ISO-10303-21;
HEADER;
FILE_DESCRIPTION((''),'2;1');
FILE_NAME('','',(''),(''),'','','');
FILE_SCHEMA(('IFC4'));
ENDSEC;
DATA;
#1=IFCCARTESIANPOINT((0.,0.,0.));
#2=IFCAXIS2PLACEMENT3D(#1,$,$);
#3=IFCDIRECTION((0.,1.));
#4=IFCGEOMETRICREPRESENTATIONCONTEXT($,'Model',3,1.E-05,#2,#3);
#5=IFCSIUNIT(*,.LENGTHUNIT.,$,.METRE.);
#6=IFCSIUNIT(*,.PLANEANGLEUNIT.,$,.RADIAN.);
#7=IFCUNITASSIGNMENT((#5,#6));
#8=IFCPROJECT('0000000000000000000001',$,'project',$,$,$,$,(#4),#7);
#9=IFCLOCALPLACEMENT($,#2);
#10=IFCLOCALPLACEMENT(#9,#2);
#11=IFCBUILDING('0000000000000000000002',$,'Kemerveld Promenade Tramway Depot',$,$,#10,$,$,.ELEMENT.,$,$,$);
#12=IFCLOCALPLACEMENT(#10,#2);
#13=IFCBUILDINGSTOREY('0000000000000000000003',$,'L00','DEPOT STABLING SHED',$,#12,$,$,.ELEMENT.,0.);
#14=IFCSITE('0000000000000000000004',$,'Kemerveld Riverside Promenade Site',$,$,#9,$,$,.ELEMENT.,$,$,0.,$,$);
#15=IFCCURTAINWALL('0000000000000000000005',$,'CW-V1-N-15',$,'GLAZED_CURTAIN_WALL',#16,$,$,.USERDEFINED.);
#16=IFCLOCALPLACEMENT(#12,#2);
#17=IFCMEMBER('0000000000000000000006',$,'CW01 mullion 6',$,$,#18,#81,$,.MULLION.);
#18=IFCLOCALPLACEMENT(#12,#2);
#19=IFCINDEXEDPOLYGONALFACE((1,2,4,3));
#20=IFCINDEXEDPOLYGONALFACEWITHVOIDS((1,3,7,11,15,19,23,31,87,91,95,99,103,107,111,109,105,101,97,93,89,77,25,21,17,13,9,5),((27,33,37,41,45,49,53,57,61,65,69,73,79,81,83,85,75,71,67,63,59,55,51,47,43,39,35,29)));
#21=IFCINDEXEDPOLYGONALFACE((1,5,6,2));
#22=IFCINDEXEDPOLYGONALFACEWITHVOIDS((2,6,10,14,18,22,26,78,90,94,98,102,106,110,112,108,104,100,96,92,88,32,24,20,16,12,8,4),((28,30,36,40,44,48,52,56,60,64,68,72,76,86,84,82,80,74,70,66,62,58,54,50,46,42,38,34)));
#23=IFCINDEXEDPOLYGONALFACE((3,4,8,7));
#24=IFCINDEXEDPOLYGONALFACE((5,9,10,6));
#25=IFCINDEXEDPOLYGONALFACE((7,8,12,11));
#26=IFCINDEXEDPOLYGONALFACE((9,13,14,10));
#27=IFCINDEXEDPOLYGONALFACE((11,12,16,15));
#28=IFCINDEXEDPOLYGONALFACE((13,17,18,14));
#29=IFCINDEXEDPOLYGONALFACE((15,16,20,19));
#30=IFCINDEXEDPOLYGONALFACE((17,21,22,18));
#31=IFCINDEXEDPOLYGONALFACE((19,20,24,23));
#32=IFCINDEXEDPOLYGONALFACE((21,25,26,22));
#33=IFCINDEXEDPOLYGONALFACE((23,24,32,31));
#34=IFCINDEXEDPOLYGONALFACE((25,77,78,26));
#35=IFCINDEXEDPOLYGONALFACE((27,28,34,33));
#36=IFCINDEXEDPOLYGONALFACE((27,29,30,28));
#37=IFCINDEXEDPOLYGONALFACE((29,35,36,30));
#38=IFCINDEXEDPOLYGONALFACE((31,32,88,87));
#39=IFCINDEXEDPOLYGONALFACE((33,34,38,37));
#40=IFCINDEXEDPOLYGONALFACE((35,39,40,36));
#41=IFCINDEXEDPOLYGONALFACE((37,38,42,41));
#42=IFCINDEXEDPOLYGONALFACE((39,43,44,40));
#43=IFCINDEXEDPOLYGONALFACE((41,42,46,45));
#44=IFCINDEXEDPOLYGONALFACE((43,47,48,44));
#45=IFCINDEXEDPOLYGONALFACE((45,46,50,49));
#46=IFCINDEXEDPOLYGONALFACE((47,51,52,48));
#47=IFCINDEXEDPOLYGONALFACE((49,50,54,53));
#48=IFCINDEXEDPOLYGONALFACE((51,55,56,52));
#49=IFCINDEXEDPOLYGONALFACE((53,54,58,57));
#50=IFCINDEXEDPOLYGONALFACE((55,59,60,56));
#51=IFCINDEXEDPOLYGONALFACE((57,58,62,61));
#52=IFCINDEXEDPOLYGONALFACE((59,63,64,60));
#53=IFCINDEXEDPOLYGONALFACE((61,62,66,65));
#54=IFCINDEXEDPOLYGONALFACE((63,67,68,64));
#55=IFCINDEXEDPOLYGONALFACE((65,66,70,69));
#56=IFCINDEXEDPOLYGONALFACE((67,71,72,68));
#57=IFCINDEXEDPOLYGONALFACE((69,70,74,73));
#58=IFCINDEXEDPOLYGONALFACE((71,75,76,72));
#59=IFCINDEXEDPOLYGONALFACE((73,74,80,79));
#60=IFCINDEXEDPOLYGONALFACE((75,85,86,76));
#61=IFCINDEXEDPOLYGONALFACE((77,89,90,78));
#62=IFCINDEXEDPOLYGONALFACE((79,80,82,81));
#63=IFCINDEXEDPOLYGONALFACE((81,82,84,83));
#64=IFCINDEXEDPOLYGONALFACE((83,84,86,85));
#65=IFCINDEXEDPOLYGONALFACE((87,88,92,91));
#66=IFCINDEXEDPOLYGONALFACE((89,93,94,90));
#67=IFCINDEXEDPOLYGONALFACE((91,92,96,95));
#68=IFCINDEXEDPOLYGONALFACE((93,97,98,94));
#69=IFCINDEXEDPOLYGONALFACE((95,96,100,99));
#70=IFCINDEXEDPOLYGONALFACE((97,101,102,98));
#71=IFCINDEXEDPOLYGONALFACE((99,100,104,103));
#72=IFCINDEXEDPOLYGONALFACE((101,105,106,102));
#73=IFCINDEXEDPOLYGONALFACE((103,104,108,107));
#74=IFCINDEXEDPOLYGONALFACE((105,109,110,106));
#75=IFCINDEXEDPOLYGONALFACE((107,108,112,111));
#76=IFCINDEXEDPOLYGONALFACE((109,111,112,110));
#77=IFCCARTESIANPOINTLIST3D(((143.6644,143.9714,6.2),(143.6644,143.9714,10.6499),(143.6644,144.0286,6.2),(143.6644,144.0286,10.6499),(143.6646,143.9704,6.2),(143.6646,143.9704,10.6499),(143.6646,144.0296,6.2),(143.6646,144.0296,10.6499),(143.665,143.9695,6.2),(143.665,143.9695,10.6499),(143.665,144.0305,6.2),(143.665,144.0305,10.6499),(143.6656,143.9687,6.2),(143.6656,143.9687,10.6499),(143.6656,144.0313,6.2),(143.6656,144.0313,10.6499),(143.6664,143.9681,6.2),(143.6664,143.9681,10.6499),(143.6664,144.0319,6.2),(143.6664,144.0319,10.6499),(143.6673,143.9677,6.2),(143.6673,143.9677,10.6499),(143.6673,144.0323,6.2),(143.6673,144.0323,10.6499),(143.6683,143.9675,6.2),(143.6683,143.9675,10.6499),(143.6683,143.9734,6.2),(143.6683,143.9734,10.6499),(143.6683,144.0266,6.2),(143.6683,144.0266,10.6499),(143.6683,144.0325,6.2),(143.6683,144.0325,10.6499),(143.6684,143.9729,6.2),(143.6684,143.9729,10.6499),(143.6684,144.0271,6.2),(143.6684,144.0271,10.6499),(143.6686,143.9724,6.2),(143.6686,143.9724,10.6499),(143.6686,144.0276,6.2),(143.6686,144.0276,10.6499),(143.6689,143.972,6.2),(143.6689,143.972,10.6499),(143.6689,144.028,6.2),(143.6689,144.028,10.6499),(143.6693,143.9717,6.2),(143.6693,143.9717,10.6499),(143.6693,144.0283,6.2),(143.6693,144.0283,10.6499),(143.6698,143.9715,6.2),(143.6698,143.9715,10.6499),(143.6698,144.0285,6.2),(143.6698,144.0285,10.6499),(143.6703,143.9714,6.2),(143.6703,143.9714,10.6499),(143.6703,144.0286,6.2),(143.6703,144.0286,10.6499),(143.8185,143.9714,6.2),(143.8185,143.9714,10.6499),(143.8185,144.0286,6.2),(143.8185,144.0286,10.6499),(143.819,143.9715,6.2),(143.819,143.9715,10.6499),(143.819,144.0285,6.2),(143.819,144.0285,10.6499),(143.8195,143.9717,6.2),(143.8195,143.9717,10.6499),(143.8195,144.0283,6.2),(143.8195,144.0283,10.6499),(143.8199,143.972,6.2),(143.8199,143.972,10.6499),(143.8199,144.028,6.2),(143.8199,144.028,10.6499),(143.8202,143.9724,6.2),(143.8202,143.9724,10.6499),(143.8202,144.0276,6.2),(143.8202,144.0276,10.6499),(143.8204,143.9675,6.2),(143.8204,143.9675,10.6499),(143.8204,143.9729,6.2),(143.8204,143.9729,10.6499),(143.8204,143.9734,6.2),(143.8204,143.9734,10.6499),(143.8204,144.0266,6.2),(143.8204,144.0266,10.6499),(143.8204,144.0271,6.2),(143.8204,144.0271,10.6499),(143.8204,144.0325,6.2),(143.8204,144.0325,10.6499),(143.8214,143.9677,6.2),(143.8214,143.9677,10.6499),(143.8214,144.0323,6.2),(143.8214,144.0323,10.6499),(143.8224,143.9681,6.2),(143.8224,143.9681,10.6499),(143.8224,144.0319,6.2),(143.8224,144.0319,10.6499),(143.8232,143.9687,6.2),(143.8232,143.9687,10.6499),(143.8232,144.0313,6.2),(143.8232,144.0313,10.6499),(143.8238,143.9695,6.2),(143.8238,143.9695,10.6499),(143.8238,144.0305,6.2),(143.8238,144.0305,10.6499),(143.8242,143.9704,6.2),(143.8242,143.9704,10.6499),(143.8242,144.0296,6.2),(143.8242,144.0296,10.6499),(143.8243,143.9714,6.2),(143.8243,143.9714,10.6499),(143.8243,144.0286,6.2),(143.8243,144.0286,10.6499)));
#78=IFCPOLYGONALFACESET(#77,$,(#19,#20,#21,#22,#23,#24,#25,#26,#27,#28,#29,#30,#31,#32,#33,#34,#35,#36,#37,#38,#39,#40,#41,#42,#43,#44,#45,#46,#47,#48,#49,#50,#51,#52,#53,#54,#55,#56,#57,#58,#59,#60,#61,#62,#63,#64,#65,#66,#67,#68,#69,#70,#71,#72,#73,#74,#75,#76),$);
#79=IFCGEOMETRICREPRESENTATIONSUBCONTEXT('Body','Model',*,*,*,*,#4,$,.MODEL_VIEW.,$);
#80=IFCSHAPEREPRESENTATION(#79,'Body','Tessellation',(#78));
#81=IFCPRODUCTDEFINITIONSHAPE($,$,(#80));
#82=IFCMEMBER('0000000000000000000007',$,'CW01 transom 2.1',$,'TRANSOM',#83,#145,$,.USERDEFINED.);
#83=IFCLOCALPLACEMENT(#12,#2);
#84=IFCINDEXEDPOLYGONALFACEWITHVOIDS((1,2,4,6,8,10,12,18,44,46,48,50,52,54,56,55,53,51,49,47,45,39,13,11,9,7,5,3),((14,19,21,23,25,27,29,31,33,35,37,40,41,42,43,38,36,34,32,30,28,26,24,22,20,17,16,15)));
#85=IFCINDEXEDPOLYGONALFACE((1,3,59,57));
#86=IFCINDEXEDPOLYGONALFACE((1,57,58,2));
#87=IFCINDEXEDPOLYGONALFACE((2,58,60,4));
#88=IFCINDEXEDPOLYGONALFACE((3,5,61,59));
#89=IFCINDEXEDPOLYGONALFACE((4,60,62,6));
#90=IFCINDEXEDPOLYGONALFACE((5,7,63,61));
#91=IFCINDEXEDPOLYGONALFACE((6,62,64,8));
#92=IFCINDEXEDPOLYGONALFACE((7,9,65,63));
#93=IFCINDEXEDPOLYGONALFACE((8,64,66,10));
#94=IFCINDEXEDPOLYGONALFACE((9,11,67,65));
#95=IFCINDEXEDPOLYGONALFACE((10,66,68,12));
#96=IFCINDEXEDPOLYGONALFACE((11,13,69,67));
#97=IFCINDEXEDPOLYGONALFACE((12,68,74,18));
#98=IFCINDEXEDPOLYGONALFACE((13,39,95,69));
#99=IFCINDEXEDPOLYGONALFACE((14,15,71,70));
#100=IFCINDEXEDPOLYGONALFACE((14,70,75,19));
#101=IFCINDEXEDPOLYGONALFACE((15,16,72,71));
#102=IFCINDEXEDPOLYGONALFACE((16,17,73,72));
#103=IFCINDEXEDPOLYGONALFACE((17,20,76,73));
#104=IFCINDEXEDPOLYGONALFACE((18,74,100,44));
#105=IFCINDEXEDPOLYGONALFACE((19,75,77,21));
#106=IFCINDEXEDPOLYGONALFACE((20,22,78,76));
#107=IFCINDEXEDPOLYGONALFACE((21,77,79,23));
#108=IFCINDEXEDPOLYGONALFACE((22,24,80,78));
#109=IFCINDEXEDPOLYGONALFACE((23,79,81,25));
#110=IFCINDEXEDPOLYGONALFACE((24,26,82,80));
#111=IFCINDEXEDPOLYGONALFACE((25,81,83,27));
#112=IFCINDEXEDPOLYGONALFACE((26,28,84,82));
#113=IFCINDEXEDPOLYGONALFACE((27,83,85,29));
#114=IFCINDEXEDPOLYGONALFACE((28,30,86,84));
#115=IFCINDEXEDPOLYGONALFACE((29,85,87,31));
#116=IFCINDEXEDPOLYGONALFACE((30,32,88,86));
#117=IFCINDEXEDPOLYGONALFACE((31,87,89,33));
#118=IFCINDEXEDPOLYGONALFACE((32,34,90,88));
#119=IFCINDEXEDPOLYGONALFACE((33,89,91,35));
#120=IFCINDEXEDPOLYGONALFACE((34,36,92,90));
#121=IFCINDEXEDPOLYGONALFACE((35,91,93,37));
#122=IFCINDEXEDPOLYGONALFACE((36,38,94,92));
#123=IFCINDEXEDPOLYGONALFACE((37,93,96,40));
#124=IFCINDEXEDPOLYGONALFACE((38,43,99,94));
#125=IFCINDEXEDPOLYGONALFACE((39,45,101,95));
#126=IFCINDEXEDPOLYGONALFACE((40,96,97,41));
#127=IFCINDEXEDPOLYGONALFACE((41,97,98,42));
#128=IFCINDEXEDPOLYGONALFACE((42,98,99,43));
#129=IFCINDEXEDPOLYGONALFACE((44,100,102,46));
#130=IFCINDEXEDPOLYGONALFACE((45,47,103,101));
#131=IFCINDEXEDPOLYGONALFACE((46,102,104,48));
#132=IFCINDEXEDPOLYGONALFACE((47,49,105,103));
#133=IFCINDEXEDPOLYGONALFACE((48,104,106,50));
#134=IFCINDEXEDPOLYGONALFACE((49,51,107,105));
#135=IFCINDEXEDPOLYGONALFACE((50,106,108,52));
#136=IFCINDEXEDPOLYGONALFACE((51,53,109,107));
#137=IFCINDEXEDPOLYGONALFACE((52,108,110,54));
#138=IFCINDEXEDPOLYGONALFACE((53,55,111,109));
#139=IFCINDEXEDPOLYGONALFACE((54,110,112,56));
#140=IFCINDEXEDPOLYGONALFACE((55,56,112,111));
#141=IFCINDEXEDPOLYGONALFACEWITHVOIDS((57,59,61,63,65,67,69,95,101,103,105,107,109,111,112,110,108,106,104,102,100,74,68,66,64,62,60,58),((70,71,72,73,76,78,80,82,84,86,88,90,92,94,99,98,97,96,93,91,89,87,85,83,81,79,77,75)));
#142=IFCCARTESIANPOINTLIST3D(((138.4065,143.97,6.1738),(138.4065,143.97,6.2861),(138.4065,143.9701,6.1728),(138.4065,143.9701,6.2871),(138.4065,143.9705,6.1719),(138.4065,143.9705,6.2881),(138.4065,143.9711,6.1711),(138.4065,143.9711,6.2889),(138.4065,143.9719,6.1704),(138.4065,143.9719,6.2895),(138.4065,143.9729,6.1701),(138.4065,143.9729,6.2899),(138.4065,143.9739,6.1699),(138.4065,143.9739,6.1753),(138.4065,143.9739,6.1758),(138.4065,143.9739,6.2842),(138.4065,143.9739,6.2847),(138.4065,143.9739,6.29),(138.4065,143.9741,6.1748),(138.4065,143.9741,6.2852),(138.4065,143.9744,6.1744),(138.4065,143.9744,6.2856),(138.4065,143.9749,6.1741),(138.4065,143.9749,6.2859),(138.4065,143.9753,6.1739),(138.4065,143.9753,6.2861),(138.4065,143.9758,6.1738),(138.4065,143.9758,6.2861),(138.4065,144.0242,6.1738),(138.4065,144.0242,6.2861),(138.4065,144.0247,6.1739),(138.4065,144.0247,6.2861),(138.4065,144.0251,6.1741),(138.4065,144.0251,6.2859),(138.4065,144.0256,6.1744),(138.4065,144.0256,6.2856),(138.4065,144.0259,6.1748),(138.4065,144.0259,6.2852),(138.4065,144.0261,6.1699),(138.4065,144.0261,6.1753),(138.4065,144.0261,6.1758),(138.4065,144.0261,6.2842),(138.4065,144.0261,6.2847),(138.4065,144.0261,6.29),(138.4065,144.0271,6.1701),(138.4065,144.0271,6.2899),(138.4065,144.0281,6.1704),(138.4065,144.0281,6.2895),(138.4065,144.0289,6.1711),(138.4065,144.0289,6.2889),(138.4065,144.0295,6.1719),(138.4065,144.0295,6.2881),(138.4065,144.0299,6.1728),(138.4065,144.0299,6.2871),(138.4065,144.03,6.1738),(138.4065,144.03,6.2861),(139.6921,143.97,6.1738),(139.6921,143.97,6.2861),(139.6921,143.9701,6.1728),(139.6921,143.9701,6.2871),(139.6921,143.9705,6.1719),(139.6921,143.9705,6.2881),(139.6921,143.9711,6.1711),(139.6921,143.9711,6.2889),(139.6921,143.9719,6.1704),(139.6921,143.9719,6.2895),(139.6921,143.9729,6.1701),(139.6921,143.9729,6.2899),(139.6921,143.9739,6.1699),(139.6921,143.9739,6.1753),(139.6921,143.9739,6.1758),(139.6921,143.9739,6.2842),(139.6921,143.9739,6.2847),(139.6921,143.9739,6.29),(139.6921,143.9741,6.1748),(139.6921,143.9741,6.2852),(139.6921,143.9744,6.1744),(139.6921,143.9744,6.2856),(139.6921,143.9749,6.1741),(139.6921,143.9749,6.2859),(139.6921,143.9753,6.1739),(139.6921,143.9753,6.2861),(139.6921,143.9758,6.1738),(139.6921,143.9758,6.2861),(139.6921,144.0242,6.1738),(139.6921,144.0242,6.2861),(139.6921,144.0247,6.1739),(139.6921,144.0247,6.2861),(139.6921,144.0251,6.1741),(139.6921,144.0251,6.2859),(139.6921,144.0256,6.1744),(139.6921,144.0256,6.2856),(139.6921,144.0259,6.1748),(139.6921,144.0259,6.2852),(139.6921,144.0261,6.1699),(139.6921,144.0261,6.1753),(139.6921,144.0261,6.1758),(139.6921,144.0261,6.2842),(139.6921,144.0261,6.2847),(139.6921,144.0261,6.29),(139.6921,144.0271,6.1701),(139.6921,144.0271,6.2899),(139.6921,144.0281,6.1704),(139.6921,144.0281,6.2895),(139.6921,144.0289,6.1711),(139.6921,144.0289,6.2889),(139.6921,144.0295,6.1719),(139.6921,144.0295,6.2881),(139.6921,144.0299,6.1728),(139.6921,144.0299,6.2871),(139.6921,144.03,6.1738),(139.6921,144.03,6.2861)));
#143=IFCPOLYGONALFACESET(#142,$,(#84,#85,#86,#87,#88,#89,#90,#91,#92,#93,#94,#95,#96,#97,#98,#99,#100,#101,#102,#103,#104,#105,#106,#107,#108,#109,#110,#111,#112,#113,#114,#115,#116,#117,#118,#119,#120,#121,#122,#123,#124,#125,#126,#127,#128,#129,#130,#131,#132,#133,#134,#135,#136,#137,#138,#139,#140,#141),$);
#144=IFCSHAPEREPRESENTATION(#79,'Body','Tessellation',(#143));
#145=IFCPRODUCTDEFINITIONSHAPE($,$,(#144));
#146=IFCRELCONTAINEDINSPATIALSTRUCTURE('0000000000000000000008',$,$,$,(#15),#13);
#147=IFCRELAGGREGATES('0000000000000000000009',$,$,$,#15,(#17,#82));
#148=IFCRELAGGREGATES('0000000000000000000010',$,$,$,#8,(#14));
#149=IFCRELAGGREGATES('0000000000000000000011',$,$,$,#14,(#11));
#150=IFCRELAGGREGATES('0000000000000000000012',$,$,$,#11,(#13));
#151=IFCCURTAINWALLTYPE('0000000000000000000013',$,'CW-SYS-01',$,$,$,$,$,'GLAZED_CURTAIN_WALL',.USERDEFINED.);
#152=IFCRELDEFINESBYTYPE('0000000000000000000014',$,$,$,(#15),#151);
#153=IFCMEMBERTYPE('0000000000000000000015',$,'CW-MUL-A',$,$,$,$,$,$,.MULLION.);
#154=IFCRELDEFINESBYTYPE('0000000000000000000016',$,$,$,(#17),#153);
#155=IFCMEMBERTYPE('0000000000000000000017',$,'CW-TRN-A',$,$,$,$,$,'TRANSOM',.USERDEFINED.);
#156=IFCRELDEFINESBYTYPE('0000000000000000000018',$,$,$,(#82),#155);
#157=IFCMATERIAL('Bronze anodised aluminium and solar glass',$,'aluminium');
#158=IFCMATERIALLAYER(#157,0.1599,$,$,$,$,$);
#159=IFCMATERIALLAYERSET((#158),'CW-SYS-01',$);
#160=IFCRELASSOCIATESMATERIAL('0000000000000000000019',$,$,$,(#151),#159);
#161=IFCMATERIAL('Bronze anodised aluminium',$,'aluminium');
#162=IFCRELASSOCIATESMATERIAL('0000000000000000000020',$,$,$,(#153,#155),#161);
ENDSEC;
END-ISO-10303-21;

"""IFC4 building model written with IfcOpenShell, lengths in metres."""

from ifc_helpers import new_model, si_unit, direction, frame, origin, origin_2d, place, context, subcontext, project, spatial, hollow_rectangle, extrude, material, layer, layer_set, material_profile, profile_set, type_object, element, aggregate, save


model = new_model("IFC4")

# Units and contexts
model_context = context("Model", 3, precision=1e-05, world=origin(), true_north=direction((0.0, 1.0)))
body_context = subcontext(model_context, "Body", "Model", "MODEL_VIEW")
ifc_project = project(units=[si_unit("LENGTHUNIT", "METRE"), si_unit("PLANEANGLEUNIT", "RADIAN")], contexts=[model_context])

# Site, building, storey
site_placement = place(None, origin())
site = spatial("IfcSite", under=ifc_project, at=site_placement, Name="Kemerveld Riverside Promenade Site", CompositionType="ELEMENT", RefElevation=0.0)
building_placement = place(site_placement, origin())
building = spatial("IfcBuilding", under=site, at=building_placement, Name="Kemerveld Promenade Tramway Depot", CompositionType="ELEMENT")
storey_placement = place(building_placement, origin())
storey = spatial("IfcBuildingStorey", under=building, at=storey_placement, Name="L00", Description="DEPOT STABLING SHED", CompositionType="ELEMENT", Elevation=0.0)

# Curtain wall, members
ifc_material_1 = material(Name="Bronze anodised aluminium and solar glass", Category="aluminium")
ifc_layer_1 = layer(ifc_material_1, 0.1599)
ifc_layer_set_1 = layer_set([ifc_layer_1], Name="CW-SYS-01")
curtain_wall_type = type_object("IfcCurtainWallType", Name="CW-SYS-01", ElementType="GLAZED_CURTAIN_WALL", PredefinedType="USERDEFINED", material=ifc_layer_set_1)
curtain_wall_placement = place(storey_placement, origin())
curtain_wall = element("IfcCurtainWall", 1, at=curtain_wall_placement, inside=storey, type_object=curtain_wall_type, Name="CW-V1-N-15", ObjectType="GLAZED_CURTAIN_WALL", PredefinedType="USERDEFINED")
ifc_material_2 = material(Name="Bronze anodised aluminium", Category="aluminium")
ifc_material_profile_1 = material_profile(ifc_material_2, hollow_rectangle(XDim=0.0649, YDim=0.1599, WallThickness=0.0039, InnerFilletRadius=0.002, OuterFilletRadius=0.0039, at=origin_2d()), Name="CW-MUL-160x65")
ifc_profile_set_1 = profile_set([ifc_material_profile_1], Name="Bronze anodised aluminium")
member_type_1 = type_object("IfcMemberType", Name="CW-MUL-A", PredefinedType="MULLION", material=ifc_profile_set_1)
member_1_placement = place(storey_placement, frame((143.7444, 144.0, 6.2), z_axis=(0.0, 0.0, 1.0), x_axis=(0.0, 1.0, 0.0)))
member_1 = element("IfcMember", 2, at=member_1_placement, type_object=member_type_1, Name="CW01 mullion 6", PredefinedType="MULLION", context=body_context, shape_type="SweptSolid", body=[
    extrude(hollow_rectangle(XDim=0.0649, YDim=0.1599, WallThickness=0.0039, InnerFilletRadius=0.002, OuterFilletRadius=0.0039, at=origin_2d()), origin(), (0.0, 0.0, 1.0), 4.45),
])
ifc_material_profile_2 = material_profile(ifc_material_2, hollow_rectangle(XDim=0.0601, YDim=0.1201, WallThickness=0.0039, InnerFilletRadius=0.002, OuterFilletRadius=0.0039, at=origin_2d()), Name="CW-TRN-120x60")
ifc_profile_set_2 = profile_set([ifc_material_profile_2], Name="Bronze anodised aluminium")
member_type_2 = type_object("IfcMemberType", Name="CW-TRN-A", ElementType="TRANSOM", PredefinedType="USERDEFINED", material=ifc_profile_set_2)
member_2_placement = place(storey_placement, frame((138.4065, 144.0, 6.23), z_axis=(1.0, 0.0, 0.0), x_axis=(0.0, 1.0, 0.0)))
member_2 = element("IfcMember", 3, at=member_2_placement, type_object=member_type_2, Name="CW01 transom 2.1", ObjectType="TRANSOM", PredefinedType="USERDEFINED", context=body_context, shape_type="SweptSolid", body=[
    extrude(hollow_rectangle(XDim=0.0601, YDim=0.1201, WallThickness=0.0039, InnerFilletRadius=0.002, OuterFilletRadius=0.0039, at=origin_2d()), origin(), (0.0, 0.0, 1.0), 1.2856),
])
aggregate(curtain_wall, [member_1, member_2])

save(model, "model.ifc")
